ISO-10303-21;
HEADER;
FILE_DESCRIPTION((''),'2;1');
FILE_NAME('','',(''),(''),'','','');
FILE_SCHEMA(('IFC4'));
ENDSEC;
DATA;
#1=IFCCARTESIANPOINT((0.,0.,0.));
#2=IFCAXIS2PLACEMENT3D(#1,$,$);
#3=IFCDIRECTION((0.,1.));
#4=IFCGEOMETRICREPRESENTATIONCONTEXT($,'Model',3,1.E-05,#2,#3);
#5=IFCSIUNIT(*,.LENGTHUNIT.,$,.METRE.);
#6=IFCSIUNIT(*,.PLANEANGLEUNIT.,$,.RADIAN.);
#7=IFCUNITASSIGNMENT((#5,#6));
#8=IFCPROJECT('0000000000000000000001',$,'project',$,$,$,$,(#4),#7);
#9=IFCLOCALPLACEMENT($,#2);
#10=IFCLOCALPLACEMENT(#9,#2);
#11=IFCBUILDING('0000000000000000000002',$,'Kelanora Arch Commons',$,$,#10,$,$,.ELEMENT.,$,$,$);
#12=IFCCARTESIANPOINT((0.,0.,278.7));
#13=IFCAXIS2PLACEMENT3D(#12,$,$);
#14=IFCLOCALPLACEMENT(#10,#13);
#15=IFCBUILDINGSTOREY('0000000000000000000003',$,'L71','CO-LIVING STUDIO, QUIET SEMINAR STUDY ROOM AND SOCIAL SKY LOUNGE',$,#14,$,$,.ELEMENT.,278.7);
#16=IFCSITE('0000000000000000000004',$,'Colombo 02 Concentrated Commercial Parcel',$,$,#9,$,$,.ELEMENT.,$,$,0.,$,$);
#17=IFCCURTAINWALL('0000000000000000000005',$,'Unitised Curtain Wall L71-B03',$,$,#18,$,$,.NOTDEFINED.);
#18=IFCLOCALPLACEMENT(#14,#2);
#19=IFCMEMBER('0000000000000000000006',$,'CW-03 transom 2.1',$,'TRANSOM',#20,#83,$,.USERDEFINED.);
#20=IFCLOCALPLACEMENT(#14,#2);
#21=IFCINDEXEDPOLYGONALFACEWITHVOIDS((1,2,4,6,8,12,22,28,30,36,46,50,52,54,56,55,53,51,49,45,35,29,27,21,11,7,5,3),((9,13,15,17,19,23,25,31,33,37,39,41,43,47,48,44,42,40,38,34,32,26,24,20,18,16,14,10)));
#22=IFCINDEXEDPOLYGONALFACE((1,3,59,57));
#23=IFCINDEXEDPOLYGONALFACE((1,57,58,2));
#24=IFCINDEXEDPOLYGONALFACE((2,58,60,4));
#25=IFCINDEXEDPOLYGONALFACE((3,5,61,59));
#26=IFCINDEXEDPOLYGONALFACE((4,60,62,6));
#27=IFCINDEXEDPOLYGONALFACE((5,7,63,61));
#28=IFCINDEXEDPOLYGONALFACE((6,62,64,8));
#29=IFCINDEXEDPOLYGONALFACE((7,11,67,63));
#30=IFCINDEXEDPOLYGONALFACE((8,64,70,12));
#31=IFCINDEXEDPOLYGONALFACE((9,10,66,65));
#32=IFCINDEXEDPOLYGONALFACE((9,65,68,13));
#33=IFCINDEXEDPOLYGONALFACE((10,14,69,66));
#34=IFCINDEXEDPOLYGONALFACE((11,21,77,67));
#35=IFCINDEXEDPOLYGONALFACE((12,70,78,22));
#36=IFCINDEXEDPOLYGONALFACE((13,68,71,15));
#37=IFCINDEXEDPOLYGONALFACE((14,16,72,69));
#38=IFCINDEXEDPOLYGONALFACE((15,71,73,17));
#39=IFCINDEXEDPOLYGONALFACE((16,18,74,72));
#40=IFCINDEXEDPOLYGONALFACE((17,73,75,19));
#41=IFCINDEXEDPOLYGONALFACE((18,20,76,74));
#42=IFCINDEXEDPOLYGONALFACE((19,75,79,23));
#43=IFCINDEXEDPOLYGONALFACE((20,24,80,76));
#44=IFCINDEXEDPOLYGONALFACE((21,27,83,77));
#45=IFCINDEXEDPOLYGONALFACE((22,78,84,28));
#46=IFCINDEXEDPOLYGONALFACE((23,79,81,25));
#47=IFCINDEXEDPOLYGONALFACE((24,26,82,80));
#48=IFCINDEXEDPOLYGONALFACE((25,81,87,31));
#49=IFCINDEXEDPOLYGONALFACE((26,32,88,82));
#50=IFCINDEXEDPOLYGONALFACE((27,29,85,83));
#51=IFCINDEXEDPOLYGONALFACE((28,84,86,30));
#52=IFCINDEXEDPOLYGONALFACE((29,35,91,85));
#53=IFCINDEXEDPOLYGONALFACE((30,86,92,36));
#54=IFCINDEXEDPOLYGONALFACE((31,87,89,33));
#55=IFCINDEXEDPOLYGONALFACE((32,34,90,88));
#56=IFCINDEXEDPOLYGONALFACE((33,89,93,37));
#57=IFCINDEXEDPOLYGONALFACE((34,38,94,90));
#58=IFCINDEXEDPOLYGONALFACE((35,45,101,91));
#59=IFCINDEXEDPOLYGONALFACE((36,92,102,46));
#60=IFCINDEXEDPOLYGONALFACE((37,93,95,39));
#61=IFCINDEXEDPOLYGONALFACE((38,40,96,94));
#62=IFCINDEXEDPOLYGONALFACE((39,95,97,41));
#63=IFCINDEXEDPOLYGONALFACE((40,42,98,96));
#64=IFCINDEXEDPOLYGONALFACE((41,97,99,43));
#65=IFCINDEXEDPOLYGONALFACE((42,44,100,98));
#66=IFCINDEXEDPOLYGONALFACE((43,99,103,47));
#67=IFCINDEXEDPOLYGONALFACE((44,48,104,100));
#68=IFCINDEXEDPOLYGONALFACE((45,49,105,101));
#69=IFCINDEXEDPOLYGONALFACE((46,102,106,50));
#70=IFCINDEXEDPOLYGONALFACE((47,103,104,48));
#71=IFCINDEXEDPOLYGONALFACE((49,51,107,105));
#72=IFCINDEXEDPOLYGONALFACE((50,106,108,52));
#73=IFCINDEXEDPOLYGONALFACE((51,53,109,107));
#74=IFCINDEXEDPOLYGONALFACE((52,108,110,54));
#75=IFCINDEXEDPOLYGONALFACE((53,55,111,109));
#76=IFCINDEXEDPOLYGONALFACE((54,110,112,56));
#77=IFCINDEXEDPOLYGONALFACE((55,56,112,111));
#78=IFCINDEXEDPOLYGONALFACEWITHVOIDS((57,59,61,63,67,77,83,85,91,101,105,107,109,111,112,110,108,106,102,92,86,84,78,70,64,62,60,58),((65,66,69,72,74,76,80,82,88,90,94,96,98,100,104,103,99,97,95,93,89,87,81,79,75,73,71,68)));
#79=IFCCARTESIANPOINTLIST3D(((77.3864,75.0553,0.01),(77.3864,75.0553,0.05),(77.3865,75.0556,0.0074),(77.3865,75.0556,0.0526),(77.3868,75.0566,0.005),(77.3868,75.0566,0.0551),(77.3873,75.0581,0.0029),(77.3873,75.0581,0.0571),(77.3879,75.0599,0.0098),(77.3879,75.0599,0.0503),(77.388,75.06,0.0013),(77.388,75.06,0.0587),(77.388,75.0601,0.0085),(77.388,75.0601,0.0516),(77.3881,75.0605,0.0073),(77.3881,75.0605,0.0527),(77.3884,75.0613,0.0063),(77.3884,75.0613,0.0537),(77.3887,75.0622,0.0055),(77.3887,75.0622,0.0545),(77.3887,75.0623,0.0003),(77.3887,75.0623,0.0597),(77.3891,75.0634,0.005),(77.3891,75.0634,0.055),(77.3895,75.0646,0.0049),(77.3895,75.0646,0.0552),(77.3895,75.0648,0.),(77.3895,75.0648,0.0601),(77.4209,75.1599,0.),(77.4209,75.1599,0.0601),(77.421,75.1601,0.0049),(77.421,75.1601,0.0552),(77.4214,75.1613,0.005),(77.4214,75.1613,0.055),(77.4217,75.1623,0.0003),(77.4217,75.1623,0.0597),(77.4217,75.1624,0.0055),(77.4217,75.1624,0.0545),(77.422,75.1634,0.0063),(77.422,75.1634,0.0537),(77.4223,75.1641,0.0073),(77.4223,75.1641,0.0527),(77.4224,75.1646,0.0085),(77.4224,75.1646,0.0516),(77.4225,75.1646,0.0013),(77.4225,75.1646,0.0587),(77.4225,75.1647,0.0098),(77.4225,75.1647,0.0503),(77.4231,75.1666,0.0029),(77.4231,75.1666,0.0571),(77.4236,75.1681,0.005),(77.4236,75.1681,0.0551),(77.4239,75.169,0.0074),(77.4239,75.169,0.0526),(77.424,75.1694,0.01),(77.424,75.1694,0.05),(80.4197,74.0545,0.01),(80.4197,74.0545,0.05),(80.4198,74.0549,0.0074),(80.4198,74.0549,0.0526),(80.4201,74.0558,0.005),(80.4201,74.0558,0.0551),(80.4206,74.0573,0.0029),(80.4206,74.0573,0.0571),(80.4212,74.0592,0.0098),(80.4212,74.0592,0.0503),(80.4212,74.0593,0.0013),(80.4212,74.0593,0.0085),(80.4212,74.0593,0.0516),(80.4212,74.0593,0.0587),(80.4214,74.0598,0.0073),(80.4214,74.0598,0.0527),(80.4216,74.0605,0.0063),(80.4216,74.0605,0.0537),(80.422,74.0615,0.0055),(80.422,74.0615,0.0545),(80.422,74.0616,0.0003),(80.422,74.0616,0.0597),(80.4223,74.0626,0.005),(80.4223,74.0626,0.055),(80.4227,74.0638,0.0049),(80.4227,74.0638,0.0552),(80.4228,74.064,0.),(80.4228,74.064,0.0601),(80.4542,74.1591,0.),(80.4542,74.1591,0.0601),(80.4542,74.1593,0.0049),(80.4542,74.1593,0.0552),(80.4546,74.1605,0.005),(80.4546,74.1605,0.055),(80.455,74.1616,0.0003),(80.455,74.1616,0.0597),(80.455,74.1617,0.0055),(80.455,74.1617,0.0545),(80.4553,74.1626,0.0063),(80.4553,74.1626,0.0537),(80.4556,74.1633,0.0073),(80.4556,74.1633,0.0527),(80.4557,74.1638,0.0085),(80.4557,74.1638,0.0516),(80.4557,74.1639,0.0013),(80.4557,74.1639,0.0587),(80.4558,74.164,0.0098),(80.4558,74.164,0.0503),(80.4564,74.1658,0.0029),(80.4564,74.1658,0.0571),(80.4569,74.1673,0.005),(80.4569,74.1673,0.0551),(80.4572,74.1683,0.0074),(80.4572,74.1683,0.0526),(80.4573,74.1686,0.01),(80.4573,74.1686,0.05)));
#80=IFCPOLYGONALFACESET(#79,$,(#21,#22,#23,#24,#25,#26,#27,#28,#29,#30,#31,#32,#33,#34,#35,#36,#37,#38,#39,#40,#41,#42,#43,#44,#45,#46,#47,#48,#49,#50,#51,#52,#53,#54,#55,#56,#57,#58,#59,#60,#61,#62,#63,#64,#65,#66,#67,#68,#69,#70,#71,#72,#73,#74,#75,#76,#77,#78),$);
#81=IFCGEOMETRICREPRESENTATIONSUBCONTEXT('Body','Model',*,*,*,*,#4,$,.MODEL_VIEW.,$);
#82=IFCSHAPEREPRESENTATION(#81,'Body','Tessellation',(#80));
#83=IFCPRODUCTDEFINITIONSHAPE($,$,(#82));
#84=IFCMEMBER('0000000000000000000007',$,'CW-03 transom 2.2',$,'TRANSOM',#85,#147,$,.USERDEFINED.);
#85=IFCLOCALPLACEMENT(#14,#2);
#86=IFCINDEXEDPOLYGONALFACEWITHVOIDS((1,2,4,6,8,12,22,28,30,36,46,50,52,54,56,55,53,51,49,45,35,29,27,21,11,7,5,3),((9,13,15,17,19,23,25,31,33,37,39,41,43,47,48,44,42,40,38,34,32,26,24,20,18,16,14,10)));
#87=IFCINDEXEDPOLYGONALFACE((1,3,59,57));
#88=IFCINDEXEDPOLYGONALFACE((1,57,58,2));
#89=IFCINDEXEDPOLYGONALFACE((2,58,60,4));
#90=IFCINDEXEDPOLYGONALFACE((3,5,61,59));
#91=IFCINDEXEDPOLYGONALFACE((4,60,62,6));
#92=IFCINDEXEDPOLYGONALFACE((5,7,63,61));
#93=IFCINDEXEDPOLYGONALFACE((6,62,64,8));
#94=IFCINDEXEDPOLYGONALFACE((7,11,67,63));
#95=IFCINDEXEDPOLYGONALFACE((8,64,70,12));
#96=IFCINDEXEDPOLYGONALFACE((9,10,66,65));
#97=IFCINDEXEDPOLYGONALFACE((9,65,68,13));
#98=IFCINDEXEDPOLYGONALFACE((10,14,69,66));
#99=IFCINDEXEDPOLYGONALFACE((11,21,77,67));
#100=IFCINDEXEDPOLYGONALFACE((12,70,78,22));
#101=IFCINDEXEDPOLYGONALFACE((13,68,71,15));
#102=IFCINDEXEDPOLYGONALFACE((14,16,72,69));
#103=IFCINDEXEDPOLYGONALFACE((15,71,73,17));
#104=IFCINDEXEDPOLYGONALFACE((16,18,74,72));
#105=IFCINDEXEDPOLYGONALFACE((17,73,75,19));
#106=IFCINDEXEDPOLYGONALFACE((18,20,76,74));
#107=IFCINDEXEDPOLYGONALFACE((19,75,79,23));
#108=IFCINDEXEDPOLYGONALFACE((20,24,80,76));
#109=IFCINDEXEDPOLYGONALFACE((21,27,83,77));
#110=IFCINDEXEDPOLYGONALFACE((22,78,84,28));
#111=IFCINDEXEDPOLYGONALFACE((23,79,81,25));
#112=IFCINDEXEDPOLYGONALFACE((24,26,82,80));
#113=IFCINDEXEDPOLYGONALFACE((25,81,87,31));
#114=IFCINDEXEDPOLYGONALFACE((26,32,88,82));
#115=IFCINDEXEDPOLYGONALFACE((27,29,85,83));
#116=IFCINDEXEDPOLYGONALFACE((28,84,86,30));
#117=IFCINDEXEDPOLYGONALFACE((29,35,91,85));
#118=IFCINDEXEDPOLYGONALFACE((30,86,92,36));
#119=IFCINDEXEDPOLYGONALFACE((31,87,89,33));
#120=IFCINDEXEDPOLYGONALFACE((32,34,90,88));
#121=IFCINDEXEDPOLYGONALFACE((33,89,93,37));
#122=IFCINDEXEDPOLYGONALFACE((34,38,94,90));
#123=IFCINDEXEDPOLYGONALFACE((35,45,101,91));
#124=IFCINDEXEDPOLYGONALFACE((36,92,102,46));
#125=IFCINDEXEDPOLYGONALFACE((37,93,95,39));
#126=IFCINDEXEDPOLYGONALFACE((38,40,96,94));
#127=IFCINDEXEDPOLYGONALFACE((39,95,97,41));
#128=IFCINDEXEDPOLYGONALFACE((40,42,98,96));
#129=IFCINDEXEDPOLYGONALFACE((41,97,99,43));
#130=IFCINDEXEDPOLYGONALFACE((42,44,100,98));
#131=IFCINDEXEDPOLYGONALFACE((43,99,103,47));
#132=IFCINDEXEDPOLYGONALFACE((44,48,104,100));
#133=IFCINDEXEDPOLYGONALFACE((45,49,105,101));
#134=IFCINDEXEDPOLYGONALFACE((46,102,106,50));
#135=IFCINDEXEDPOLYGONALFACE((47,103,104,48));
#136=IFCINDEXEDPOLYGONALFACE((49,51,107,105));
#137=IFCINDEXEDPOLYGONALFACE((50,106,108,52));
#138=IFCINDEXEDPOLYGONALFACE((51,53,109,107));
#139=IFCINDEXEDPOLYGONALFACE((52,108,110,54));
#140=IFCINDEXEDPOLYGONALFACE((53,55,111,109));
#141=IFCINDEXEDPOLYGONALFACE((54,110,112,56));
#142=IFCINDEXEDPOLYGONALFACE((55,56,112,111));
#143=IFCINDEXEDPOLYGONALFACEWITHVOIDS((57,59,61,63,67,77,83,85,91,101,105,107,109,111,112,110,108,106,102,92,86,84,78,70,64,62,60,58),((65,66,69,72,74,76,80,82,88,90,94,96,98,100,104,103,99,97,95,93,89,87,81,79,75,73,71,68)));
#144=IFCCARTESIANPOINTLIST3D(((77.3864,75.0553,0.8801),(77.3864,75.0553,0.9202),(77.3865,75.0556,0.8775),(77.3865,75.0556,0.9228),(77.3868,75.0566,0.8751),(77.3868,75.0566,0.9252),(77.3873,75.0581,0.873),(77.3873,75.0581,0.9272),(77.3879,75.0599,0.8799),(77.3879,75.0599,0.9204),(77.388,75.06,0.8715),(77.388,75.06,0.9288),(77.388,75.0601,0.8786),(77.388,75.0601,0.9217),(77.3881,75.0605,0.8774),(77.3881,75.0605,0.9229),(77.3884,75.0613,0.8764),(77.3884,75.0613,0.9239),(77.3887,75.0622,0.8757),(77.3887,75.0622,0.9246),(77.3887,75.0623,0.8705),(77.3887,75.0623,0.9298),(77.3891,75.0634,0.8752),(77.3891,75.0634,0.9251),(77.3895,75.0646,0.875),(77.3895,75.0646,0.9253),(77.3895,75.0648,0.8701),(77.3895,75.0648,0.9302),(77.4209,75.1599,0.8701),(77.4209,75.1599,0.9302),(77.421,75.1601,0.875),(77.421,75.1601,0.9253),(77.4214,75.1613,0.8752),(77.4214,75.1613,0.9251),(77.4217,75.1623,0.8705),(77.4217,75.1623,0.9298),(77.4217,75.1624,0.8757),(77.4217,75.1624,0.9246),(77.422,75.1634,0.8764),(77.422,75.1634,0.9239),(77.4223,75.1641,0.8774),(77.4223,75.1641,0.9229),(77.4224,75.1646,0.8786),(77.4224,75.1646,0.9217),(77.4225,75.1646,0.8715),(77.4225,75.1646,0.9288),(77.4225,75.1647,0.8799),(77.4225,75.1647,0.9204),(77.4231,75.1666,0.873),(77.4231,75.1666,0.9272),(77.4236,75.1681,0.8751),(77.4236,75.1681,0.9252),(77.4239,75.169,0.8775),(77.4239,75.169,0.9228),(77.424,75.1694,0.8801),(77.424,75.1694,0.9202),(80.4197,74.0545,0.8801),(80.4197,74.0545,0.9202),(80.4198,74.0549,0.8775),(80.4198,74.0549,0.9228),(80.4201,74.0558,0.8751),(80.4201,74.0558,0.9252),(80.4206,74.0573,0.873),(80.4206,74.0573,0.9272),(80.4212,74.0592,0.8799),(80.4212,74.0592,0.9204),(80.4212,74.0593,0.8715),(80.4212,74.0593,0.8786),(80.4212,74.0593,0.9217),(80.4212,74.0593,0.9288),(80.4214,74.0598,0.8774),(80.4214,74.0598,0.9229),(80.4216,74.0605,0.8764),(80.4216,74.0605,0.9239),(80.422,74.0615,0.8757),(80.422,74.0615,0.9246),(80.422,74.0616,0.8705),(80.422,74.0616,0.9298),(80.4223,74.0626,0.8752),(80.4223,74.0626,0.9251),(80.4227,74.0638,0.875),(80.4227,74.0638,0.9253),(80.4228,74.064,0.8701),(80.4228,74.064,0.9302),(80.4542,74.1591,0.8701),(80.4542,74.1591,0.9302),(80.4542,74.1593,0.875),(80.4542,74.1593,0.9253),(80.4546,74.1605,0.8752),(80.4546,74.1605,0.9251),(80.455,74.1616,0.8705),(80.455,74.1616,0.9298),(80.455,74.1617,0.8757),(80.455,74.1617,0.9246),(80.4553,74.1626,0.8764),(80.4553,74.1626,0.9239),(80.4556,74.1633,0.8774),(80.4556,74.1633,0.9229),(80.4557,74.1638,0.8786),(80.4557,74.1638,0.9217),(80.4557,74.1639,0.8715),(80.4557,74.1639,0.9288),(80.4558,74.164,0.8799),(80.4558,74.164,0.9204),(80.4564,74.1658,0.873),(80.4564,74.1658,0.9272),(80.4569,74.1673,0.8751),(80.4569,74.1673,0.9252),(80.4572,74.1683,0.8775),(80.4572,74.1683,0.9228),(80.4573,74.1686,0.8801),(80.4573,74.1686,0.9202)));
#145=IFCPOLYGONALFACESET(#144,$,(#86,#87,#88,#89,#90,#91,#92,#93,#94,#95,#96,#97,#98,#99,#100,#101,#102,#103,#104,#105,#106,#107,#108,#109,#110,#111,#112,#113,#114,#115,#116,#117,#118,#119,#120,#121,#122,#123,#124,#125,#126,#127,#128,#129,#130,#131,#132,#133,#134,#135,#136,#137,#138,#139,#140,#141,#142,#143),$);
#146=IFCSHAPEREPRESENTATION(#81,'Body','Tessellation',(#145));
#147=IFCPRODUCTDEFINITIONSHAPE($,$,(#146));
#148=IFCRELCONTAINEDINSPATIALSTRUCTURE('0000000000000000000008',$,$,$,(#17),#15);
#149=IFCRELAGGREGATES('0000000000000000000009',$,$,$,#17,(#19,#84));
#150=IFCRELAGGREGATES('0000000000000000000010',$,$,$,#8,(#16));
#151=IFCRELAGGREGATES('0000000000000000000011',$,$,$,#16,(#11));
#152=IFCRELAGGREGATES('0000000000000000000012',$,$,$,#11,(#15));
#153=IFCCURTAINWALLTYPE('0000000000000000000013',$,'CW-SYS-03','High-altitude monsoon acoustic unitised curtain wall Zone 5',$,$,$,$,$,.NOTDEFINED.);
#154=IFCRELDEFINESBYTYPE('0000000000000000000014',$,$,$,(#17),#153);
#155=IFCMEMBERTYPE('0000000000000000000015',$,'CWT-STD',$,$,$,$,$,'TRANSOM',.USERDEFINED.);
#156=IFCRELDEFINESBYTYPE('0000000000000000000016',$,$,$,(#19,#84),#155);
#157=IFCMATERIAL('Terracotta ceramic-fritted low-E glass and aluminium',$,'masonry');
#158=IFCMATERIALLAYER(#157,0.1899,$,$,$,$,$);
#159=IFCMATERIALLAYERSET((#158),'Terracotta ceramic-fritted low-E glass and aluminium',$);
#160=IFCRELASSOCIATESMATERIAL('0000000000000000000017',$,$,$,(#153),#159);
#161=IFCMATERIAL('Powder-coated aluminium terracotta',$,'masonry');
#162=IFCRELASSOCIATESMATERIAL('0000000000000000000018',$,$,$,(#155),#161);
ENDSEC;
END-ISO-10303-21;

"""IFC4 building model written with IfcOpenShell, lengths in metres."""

from ifc_helpers import new_model, si_unit, direction, frame, origin, origin_2d, place, context, subcontext, project, spatial, hollow_rectangle, extrude, material, layer, layer_set, material_profile, profile_set, type_object, element, aggregate, save


model = new_model("IFC4")

# Units and contexts
model_context = context("Model", 3, precision=1e-05, world=origin(), true_north=direction((0.0, 1.0)))
body_context = subcontext(model_context, "Body", "Model", "MODEL_VIEW")
ifc_project = project(units=[si_unit("LENGTHUNIT", "METRE"), si_unit("PLANEANGLEUNIT", "RADIAN")], contexts=[model_context])

# Site, building, storey
site_placement = place(None, origin())
site = spatial("IfcSite", under=ifc_project, at=site_placement, Name="Colombo 02 Concentrated Commercial Parcel", CompositionType="ELEMENT", RefElevation=0.0)
building_placement = place(site_placement, origin())
building = spatial("IfcBuilding", under=site, at=building_placement, Name="Kelanora Arch Commons", CompositionType="ELEMENT")
storey_placement = place(building_placement, frame((0.0, 0.0, 278.7)))
storey = spatial("IfcBuildingStorey", under=building, at=storey_placement, Name="L71", Description="CO-LIVING STUDIO, QUIET SEMINAR STUDY ROOM AND SOCIAL SKY LOUNGE", CompositionType="ELEMENT", Elevation=278.7)

# Curtain wall, members
ifc_material_1 = material(Name="Terracotta ceramic-fritted low-E glass and aluminium", Category="masonry")
ifc_layer_1 = layer(ifc_material_1, 0.1899)
ifc_layer_set_1 = layer_set([ifc_layer_1], Name="Terracotta ceramic-fritted low-E glass and aluminium")
curtain_wall_type = type_object("IfcCurtainWallType", Name="CW-SYS-03", Description="High-altitude monsoon acoustic unitised curtain wall Zone 5", PredefinedType="NOTDEFINED", material=ifc_layer_set_1)
curtain_wall_placement = place(storey_placement, origin())
curtain_wall = element("IfcCurtainWall", 1, at=curtain_wall_placement, inside=storey, type_object=curtain_wall_type, Name="Unitised Curtain Wall L71-B03", PredefinedType="NOTDEFINED")
ifc_material_2 = material(Name="Powder-coated aluminium terracotta", Category="masonry")
ifc_material_profile_1 = material_profile(ifc_material_2, hollow_rectangle(XDim=0.1201, YDim=0.0601, WallThickness=0.0049, InnerFilletRadius=0.0049, OuterFilletRadius=0.01, at=origin_2d()), Name="CWT120x60")
ifc_profile_set_1 = profile_set([ifc_material_profile_1], Name="Powder-coated aluminium terracotta")
member_type_1 = type_object("IfcMemberType", Name="CWT-STD", ElementType="TRANSOM", PredefinedType="USERDEFINED", material=ifc_profile_set_1)
member_1_placement = place(storey_placement, frame((80.4385, 74.1116, 0.03), z_axis=(-0.94965, 0.313314, 0.0), x_axis=(-0.313314, -0.94965, 0.0)))
member_1 = element("IfcMember", 2, at=member_1_placement, type_object=member_type_1, Name="CW-03 transom 2.1", ObjectType="TRANSOM", PredefinedType="USERDEFINED", context=body_context, shape_type="SweptSolid", body=[
    extrude(hollow_rectangle(XDim=0.1201, YDim=0.0601, WallThickness=0.0049, InnerFilletRadius=0.0049, OuterFilletRadius=0.01, at=origin_2d()), origin(), (0.0, 0.0, 1.0), 3.1941),
])
member_2_placement = place(storey_placement, frame((80.4385, 74.1116, 0.9001), z_axis=(-0.94965, 0.313314, 0.0), x_axis=(-0.313314, -0.94965, 0.0)))
member_2 = element("IfcMember", 3, at=member_2_placement, type_object=member_type_1, Name="CW-03 transom 2.2", ObjectType="TRANSOM", PredefinedType="USERDEFINED", context=body_context, shape_type="SweptSolid", body=[
    extrude(hollow_rectangle(XDim=0.1201, YDim=0.0601, WallThickness=0.0049, InnerFilletRadius=0.0049, OuterFilletRadius=0.01, at=origin_2d()), origin(), (0.0, 0.0, 1.0), 3.1941),
])
aggregate(curtain_wall, [member_1, member_2])

save(model, "model.ifc")
